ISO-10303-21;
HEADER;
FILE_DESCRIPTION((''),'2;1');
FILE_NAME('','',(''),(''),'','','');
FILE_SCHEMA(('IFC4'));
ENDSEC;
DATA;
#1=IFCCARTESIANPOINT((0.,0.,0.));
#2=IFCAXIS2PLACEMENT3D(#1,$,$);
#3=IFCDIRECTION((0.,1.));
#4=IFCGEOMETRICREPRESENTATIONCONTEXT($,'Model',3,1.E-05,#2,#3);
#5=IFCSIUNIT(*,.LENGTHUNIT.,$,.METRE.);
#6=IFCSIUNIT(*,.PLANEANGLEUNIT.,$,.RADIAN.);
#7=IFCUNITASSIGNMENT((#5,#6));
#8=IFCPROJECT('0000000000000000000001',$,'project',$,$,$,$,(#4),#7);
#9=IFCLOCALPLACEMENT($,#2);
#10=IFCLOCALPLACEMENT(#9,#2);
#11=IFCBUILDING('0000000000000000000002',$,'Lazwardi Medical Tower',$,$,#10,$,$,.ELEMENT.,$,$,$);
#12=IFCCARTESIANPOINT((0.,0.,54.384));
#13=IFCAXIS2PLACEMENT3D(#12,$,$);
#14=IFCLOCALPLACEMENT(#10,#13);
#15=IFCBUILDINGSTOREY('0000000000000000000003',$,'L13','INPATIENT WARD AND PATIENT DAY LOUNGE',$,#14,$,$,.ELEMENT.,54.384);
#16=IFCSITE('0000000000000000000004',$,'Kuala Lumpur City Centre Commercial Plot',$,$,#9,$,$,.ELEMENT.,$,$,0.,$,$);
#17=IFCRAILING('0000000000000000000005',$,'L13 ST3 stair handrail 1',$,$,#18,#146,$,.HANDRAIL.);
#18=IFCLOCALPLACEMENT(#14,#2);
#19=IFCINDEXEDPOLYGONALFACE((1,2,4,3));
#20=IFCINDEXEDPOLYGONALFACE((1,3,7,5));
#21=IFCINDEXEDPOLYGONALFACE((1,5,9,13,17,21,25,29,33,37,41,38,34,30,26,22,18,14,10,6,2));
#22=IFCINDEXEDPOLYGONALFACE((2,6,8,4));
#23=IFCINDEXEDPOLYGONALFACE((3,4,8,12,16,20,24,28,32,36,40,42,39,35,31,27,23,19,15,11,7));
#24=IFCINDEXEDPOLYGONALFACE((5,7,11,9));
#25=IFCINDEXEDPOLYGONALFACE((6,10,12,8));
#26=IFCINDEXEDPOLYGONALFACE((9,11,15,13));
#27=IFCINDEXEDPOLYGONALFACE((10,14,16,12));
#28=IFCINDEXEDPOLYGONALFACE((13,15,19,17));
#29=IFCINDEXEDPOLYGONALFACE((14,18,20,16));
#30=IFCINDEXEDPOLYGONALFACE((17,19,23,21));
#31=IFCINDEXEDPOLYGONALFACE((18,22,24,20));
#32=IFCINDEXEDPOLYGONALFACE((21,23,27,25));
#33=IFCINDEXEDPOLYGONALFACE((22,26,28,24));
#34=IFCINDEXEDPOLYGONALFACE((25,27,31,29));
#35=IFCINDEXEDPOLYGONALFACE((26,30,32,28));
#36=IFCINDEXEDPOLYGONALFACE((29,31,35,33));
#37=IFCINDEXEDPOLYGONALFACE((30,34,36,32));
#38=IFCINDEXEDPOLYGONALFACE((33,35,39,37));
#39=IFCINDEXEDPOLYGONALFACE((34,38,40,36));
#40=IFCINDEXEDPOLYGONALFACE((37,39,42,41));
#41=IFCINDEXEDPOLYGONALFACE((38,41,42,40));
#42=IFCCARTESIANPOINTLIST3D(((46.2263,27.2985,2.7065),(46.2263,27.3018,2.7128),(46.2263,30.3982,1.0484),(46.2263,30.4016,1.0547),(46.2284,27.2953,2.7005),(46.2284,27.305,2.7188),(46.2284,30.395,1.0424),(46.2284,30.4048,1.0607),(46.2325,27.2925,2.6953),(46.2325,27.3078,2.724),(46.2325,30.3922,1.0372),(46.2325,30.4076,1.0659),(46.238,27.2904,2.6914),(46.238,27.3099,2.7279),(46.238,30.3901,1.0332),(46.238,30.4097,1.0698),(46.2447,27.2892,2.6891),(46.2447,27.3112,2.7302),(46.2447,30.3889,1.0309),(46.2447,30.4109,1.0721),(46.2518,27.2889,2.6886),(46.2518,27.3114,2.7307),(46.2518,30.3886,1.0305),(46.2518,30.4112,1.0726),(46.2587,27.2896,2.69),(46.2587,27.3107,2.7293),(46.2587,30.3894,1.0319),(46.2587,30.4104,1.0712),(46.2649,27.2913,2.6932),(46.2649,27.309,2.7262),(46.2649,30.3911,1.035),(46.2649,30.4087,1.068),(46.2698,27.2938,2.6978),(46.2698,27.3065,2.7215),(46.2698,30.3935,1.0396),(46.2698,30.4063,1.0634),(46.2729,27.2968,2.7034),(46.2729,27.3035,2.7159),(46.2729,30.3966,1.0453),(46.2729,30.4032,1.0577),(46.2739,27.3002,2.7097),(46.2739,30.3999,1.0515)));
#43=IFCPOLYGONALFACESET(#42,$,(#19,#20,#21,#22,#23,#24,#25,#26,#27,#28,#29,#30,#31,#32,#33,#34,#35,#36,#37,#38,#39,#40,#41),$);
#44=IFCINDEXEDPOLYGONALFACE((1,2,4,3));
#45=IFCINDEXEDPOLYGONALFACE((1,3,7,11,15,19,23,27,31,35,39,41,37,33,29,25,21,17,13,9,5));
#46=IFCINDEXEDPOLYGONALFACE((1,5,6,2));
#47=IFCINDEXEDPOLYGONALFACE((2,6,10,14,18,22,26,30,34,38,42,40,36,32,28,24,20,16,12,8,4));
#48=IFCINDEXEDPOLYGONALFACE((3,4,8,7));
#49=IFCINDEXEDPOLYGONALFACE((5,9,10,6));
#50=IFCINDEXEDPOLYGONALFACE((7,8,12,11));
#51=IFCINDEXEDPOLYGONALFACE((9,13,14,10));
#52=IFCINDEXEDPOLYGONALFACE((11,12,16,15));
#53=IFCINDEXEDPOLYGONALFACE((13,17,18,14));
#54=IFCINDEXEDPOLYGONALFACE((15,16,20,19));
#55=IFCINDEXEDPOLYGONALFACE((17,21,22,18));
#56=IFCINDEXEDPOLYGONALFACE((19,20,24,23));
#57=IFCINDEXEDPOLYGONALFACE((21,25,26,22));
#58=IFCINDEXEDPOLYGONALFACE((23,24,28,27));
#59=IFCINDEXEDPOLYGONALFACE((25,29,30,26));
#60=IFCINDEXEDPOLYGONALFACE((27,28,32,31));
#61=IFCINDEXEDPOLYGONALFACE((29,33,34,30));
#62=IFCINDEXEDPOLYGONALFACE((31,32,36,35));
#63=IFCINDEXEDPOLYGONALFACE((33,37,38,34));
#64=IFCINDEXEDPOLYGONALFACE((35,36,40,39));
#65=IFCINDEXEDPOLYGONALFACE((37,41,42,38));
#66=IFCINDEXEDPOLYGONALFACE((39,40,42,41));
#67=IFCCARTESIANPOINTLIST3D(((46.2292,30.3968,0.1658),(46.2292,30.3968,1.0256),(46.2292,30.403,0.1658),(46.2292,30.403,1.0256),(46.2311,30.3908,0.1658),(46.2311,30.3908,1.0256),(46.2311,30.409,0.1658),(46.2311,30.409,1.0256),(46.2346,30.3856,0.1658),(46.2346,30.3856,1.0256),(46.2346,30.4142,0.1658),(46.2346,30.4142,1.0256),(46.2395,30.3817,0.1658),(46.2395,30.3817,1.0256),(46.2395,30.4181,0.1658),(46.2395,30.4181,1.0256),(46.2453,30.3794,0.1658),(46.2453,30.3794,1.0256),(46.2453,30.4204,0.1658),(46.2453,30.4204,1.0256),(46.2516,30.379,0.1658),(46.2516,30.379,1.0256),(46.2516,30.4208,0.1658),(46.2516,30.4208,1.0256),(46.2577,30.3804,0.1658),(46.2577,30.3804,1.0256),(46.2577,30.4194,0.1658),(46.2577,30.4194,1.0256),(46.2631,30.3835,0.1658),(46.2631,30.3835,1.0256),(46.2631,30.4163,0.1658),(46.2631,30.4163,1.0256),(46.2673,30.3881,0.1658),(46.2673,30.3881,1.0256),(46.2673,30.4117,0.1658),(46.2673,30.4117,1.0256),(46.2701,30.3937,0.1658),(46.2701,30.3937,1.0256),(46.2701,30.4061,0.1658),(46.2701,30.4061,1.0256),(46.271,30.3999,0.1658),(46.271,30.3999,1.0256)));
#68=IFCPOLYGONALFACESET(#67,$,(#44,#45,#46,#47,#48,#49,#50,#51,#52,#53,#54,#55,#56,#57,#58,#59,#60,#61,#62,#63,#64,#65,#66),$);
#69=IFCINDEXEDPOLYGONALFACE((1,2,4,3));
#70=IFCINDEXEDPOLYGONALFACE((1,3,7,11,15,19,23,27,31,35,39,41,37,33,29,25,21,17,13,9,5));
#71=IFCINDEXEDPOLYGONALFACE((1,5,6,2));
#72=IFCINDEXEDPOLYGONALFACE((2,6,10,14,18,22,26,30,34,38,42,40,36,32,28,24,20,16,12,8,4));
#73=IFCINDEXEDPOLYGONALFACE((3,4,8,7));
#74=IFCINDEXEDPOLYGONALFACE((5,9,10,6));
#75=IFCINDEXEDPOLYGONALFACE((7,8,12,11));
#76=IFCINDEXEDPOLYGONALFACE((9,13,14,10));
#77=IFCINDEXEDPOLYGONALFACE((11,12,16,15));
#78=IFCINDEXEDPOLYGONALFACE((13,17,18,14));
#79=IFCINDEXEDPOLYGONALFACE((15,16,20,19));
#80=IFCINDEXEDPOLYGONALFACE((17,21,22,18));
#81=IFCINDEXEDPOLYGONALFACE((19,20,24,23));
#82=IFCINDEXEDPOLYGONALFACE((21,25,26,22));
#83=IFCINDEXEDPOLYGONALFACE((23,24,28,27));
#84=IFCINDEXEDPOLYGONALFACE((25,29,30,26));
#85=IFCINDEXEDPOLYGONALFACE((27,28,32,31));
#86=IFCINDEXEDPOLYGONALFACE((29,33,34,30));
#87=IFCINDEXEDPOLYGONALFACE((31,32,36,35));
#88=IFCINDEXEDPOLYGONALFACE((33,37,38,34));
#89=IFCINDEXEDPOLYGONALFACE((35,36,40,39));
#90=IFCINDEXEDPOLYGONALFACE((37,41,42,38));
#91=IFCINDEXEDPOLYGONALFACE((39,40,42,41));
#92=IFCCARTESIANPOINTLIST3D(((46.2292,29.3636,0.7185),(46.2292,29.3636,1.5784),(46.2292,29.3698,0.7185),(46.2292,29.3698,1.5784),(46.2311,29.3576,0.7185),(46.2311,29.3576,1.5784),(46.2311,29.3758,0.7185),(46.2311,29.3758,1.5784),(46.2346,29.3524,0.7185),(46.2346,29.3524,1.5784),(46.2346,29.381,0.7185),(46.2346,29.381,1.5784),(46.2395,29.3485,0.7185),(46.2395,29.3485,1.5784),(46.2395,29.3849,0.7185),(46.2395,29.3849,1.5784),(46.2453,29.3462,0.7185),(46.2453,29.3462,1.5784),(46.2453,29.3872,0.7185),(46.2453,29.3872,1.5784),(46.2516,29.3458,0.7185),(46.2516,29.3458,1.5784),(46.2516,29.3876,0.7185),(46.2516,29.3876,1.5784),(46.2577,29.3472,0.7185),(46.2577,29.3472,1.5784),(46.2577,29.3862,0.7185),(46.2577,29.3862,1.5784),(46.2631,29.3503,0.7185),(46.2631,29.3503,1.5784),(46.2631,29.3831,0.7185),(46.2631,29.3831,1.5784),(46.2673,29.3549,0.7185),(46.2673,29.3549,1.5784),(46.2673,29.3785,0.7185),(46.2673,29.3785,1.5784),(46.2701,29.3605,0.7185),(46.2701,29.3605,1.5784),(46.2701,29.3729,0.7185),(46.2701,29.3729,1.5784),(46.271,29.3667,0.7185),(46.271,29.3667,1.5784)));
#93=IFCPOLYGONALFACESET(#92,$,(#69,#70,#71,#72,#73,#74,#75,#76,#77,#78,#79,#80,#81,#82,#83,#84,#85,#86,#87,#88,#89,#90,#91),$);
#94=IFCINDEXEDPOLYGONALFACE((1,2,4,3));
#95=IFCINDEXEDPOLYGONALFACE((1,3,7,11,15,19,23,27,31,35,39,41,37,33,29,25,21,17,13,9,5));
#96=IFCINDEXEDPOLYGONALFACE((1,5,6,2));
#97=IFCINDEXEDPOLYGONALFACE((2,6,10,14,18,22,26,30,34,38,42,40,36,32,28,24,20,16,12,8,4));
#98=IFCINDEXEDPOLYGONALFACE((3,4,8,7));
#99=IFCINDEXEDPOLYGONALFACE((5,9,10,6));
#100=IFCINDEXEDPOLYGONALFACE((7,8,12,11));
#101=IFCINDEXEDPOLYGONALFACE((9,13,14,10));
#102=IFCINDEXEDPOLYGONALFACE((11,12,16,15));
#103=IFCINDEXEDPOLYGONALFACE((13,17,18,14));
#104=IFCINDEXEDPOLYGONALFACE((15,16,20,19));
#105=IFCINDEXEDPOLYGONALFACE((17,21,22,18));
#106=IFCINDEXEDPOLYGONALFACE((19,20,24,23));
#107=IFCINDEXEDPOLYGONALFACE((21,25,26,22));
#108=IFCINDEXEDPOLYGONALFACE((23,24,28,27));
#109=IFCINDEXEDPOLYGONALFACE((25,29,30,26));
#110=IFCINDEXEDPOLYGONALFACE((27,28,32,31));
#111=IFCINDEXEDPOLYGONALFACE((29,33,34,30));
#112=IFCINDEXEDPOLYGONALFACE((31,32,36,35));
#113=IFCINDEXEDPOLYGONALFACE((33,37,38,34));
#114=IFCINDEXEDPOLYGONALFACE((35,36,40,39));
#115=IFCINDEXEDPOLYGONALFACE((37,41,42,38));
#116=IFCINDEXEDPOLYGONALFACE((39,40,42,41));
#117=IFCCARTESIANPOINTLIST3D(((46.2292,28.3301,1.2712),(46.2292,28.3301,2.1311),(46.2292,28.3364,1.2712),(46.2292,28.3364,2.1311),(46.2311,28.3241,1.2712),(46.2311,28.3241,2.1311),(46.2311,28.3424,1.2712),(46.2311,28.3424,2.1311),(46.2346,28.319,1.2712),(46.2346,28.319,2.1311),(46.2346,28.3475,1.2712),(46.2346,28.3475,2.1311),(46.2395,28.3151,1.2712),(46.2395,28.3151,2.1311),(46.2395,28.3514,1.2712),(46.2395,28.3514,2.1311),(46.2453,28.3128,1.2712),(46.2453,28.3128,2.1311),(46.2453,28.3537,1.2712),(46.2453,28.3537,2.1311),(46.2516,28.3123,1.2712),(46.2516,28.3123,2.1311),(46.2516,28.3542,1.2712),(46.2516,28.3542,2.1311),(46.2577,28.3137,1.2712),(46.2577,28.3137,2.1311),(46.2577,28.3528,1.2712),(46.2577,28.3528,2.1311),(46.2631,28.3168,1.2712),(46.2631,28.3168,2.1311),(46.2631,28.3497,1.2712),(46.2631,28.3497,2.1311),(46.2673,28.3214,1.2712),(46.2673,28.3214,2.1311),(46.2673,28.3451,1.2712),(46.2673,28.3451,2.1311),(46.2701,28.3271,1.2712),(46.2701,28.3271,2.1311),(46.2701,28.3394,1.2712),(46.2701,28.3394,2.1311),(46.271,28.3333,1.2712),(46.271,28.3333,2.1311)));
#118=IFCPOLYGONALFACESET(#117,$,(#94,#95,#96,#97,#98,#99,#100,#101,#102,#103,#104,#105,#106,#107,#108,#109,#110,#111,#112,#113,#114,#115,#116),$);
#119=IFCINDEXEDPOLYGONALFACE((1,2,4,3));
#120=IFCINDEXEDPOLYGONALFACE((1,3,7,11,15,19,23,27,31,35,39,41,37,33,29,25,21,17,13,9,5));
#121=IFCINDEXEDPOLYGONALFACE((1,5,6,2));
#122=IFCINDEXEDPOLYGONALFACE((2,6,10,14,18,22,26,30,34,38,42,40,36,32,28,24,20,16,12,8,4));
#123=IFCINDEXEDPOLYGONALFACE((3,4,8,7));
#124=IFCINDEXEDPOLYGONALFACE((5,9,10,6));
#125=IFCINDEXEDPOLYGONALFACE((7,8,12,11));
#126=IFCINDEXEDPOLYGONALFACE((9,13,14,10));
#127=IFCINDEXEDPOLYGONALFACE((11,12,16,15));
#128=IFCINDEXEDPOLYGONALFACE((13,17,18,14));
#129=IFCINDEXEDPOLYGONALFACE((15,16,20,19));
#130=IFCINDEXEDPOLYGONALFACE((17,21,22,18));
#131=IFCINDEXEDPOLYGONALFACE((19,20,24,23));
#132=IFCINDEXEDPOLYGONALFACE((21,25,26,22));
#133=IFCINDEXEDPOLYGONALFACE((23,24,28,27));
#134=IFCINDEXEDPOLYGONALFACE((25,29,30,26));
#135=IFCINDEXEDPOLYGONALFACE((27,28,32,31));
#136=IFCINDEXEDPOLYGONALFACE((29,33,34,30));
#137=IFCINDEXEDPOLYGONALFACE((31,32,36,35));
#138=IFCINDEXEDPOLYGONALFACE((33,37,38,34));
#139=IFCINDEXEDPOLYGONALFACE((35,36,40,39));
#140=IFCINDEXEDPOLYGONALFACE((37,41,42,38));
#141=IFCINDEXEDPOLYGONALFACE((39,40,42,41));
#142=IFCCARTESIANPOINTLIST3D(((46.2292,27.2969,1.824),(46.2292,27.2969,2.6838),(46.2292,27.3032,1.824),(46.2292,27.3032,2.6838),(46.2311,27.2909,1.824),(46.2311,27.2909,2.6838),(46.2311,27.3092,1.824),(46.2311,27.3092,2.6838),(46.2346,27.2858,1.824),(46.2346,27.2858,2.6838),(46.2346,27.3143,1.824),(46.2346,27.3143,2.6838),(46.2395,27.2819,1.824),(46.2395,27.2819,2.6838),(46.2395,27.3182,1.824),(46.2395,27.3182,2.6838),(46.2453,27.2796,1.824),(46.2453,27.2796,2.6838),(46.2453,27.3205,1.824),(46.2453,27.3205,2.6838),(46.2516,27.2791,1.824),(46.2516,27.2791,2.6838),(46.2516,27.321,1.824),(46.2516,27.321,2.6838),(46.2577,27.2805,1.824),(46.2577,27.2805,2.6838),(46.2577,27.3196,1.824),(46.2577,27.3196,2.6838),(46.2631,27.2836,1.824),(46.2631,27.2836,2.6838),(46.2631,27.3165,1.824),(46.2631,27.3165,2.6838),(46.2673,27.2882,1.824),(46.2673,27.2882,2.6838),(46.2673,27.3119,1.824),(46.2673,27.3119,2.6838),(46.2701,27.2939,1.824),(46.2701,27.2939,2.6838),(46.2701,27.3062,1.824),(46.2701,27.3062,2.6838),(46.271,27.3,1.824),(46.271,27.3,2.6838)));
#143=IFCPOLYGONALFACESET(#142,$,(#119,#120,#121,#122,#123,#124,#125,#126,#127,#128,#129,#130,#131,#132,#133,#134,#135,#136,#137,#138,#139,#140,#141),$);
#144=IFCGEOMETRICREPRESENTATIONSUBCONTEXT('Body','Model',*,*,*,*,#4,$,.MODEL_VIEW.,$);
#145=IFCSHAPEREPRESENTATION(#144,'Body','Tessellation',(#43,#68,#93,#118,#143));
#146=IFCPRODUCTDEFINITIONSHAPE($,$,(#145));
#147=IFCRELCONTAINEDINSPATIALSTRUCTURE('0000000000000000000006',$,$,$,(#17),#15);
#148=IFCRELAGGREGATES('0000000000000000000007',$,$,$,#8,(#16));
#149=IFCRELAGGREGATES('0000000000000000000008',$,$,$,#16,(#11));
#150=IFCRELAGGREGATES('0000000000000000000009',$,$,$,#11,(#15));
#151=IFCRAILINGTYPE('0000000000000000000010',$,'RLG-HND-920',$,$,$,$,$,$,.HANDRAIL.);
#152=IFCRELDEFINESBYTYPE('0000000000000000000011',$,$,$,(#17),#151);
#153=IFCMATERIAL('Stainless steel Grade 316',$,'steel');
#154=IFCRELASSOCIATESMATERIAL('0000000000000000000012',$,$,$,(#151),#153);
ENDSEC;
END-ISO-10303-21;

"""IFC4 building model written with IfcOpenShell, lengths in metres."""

from ifc_helpers import new_model, si_unit, direction, frame, origin, origin_2d, place, context, subcontext, project, spatial, circle, extrude, material, type_object, element, save


model = new_model("IFC4")

# Units and contexts
model_context = context("Model", 3, precision=1e-05, world=origin(), true_north=direction((0.0, 1.0)))
body_context = subcontext(model_context, "Body", "Model", "MODEL_VIEW")
ifc_project = project(units=[si_unit("LENGTHUNIT", "METRE"), si_unit("PLANEANGLEUNIT", "RADIAN")], contexts=[model_context])

# Site, building, storey
site_placement = place(None, origin())
site = spatial("IfcSite", under=ifc_project, at=site_placement, Name="Kuala Lumpur City Centre Commercial Plot", CompositionType="ELEMENT", RefElevation=0.0)
building_placement = place(site_placement, origin())
building = spatial("IfcBuilding", under=site, at=building_placement, Name="Lazwardi Medical Tower", CompositionType="ELEMENT")
storey_placement = place(building_placement, frame((0.0, 0.0, 54.384)))
storey = spatial("IfcBuildingStorey", under=building, at=storey_placement, Name="L13", Description="INPATIENT WARD AND PATIENT DAY LOUNGE", CompositionType="ELEMENT", Elevation=54.384)

# Railing
ifc_material_1 = material(Name="Stainless steel Grade 316", Category="steel")
railing_type_1 = type_object("IfcRailingType", Name="RLG-HND-920", PredefinedType="HANDRAIL", material=ifc_material_1)
railing_1_placement = place(storey_placement, frame((46.25, 30.3999, 0.1658)))
element("IfcRailing", 1, at=railing_1_placement, inside=storey, type_object=railing_type_1, Name="L13 ST3 stair handrail 1", PredefinedType="HANDRAIL", context=body_context, shape_type="SweptSolid", body=[
    extrude(circle(Radius=0.0239, at=origin_2d()), frame((0.0, 0.0, 0.8857), z_axis=(0.0, -0.881768, 0.471684), x_axis=(1.0, 0.0, 0.0)), (0.0, 0.0, 1.0), 3.5154),
    extrude(circle(Radius=0.021, at=origin_2d()), origin(), (0.0, 0.0, 1.0), 0.8599),
    extrude(circle(Radius=0.021, at=origin_2d()), frame((0.0, -1.0332, 0.5527)), (0.0, 0.0, 1.0), 0.8599),
    extrude(circle(Radius=0.021, at=origin_2d()), frame((0.0, -2.0667, 1.1055)), (0.0, 0.0, 1.0), 0.8599),
    extrude(circle(Radius=0.021, at=origin_2d()), frame((0.0, -3.0999, 1.6582)), (0.0, 0.0, 1.0), 0.8599),
])

save(model, "model.ifc")
